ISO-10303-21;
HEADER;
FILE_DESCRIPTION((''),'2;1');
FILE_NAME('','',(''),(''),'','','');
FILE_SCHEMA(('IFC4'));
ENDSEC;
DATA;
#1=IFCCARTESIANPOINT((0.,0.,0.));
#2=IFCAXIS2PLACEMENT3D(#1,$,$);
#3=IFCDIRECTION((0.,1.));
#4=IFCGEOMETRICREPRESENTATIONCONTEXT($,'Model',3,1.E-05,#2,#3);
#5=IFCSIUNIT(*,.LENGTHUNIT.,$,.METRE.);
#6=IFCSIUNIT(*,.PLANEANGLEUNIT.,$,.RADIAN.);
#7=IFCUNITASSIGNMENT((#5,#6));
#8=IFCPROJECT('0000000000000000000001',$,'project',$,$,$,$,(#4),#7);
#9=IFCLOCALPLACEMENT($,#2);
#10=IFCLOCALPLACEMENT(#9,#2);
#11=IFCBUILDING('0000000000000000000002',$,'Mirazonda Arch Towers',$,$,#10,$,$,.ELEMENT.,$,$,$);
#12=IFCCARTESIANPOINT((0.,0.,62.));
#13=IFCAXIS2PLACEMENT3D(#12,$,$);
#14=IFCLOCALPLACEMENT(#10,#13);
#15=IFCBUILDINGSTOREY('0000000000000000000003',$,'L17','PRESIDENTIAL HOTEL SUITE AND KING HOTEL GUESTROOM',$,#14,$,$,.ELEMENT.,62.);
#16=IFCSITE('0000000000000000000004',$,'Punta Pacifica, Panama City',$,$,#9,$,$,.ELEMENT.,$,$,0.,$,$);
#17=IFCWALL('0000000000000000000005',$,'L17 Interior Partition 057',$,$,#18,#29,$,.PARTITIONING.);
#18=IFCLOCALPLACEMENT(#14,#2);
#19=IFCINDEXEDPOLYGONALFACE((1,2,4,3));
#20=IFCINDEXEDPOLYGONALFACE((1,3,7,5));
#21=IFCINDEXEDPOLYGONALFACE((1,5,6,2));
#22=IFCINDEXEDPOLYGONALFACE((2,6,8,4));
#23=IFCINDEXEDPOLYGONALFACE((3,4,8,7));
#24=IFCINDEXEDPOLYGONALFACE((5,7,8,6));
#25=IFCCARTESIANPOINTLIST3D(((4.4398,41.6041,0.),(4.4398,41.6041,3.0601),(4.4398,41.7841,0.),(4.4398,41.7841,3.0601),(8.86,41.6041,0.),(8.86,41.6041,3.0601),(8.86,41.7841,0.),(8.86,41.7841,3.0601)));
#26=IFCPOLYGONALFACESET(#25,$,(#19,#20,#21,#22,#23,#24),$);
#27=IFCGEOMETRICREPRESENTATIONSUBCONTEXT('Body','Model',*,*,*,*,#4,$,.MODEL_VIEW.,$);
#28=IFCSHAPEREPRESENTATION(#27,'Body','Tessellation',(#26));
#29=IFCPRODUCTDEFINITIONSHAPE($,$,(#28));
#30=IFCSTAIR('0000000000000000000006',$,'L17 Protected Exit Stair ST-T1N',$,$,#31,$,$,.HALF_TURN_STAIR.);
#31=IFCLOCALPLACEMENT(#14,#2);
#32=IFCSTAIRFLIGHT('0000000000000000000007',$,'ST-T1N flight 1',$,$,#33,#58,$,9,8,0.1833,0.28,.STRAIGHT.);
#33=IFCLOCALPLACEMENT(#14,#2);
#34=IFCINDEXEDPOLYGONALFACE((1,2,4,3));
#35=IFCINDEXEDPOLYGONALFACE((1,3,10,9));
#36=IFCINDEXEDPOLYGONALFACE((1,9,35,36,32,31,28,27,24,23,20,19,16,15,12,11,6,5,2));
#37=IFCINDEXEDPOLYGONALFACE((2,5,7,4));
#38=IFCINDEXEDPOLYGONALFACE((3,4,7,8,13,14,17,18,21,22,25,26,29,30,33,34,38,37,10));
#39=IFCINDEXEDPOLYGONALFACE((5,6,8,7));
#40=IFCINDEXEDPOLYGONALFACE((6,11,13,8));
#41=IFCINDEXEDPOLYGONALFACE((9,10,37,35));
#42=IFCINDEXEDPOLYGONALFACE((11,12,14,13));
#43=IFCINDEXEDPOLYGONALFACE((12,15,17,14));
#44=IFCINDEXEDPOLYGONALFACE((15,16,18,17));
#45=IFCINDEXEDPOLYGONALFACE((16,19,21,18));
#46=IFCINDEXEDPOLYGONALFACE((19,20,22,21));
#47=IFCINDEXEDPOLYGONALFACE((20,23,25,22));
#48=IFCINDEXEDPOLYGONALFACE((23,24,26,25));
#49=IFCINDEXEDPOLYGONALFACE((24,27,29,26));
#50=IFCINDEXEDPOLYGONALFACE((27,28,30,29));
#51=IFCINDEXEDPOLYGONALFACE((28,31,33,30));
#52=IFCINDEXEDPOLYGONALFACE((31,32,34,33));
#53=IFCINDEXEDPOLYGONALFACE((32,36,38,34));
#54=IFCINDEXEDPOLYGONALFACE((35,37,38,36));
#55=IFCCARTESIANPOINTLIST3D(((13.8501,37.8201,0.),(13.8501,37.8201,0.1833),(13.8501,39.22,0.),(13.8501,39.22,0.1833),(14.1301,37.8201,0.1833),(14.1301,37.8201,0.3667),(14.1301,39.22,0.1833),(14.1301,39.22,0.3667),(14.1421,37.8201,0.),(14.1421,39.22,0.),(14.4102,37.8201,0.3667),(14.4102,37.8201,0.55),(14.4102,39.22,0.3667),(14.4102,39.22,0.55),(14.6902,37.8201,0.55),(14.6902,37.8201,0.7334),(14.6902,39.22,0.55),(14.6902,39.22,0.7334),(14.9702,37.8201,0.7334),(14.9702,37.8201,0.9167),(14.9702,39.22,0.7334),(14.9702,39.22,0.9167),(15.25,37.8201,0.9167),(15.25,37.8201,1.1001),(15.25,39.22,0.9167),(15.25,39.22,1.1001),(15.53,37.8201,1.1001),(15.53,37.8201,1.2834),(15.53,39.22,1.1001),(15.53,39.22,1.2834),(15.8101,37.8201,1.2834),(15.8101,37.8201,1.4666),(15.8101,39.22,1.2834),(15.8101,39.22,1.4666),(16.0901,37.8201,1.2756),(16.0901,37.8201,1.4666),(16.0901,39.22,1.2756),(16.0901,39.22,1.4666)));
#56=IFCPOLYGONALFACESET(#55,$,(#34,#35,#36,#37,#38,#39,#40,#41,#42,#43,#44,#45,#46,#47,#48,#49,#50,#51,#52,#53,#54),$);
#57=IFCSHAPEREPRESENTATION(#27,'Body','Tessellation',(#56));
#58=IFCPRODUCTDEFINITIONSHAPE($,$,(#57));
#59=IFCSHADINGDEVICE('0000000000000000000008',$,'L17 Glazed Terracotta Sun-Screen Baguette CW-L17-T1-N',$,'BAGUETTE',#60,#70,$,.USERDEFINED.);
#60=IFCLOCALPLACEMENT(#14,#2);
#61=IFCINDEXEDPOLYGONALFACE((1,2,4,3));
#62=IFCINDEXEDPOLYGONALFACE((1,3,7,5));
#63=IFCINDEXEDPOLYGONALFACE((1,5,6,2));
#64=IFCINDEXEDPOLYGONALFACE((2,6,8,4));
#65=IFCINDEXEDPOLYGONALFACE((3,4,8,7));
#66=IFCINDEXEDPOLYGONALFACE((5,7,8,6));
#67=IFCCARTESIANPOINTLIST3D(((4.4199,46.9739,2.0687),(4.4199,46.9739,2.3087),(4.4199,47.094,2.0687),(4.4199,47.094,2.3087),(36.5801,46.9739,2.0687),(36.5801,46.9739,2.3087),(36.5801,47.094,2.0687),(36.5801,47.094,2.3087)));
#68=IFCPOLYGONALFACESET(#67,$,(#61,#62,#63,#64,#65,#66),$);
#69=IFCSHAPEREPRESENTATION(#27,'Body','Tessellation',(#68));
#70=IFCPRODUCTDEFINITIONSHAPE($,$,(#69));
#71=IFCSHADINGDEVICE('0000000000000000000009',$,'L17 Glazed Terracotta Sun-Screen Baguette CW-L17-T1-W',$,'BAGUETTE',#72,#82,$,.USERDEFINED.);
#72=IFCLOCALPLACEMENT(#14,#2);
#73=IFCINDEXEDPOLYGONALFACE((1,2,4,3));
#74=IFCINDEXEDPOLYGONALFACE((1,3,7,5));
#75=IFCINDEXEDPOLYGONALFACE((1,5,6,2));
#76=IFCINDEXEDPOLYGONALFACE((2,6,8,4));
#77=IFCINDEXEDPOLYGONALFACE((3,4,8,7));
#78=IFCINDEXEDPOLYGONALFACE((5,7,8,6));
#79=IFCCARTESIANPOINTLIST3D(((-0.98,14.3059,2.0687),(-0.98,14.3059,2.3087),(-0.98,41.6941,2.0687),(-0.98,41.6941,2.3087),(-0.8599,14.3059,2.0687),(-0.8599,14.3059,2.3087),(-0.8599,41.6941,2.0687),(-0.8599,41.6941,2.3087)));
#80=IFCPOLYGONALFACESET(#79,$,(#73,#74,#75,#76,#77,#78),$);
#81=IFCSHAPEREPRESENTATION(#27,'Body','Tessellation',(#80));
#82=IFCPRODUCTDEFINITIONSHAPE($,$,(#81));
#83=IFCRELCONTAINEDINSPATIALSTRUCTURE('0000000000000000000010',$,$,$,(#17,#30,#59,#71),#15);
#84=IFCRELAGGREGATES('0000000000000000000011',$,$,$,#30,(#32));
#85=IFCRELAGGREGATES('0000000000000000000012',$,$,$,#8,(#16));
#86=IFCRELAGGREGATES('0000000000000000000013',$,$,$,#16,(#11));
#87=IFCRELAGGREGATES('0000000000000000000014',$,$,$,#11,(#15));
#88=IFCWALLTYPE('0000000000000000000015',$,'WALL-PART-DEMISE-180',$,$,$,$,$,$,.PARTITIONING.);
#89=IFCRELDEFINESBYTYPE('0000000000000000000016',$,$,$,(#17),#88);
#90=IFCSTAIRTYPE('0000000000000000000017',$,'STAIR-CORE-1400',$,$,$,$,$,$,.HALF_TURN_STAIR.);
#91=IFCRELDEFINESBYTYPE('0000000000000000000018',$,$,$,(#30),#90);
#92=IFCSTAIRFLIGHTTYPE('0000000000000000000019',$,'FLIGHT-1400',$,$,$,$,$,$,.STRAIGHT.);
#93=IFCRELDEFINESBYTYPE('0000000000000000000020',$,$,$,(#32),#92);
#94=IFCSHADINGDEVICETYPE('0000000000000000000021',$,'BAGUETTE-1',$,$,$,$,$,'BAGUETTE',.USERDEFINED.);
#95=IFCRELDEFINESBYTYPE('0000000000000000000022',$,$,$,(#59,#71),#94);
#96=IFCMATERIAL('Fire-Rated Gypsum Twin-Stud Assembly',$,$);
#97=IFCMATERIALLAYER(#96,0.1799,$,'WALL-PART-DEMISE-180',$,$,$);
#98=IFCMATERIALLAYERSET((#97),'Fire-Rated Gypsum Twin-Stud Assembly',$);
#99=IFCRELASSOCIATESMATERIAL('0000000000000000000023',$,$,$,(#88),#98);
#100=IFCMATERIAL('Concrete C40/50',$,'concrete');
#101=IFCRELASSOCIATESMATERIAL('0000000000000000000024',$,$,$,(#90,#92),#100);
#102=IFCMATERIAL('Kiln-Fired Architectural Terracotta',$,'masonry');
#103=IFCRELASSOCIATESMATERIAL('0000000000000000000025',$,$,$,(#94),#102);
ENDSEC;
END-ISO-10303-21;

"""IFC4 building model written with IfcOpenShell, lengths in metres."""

from ifc_helpers import new_model, si_unit, direction, frame, frame_2d, origin, origin_2d, place, context, subcontext, project, spatial, polyline, rectangle, outline, extrude, material, layer, layer_set, material_profile, profile_set, type_object, element, aggregate, save


model = new_model("IFC4")

# Units and contexts
model_context = context("Model", 3, precision=1e-05, world=origin(), true_north=direction((0.0, 1.0)))
body_context = subcontext(model_context, "Body", "Model", "MODEL_VIEW")
ifc_project = project(units=[si_unit("LENGTHUNIT", "METRE"), si_unit("PLANEANGLEUNIT", "RADIAN")], contexts=[model_context])

# Site, building, storey
site_placement = place(None, origin())
site = spatial("IfcSite", under=ifc_project, at=site_placement, Name="Punta Pacifica, Panama City", CompositionType="ELEMENT", RefElevation=0.0)
building_placement = place(site_placement, origin())
building = spatial("IfcBuilding", under=site, at=building_placement, Name="Mirazonda Arch Towers", CompositionType="ELEMENT")
storey_placement = place(building_placement, frame((0.0, 0.0, 62.0)))
storey = spatial("IfcBuildingStorey", under=building, at=storey_placement, Name="L17", Description="PRESIDENTIAL HOTEL SUITE AND KING HOTEL GUESTROOM", CompositionType="ELEMENT", Elevation=62.0)

# Wall
ifc_material_1 = material(Name="Fire-Rated Gypsum Twin-Stud Assembly")
ifc_layer_1 = layer(ifc_material_1, 0.1799, Name="WALL-PART-DEMISE-180")
ifc_layer_set_1 = layer_set([ifc_layer_1], Name="Fire-Rated Gypsum Twin-Stud Assembly")
wall_type_1 = type_object("IfcWallType", Name="WALL-PART-DEMISE-180", PredefinedType="PARTITIONING", material=ifc_layer_set_1)
wall_1_placement = place(storey_placement, frame((4.4399, 41.6941, 0.0), z_axis=(0.0, 0.0, 1.0), x_axis=(1.0, 0.0, 0.0)))
element("IfcWall", 1, at=wall_1_placement, inside=storey, type_object=wall_type_1, Name="L17 Interior Partition 057", PredefinedType="PARTITIONING", context=body_context, shape_type="SweptSolid", body=[
    extrude(rectangle(XDim=4.4202, YDim=0.1799, at=frame_2d((2.21, 0.0))), origin(), (0.0, 0.0, 1.0), 3.0601),
])

# Stair, stair flight
ifc_material_2 = material(Name="Concrete C40/50", Category="concrete")
stair_type = type_object("IfcStairType", Name="STAIR-CORE-1400", PredefinedType="HALF_TURN_STAIR", material=ifc_material_2)
stair_placement = place(storey_placement, origin())
stair = element("IfcStair", 2, at=stair_placement, inside=storey, type_object=stair_type, Name="L17 Protected Exit Stair ST-T1N", PredefinedType="HALF_TURN_STAIR")
stair_flight_type = type_object("IfcStairFlightType", Name="FLIGHT-1400", PredefinedType="STRAIGHT", material=ifc_material_2)
stair_flight_placement = place(storey_placement, frame((13.8501, 38.52, 0.0), z_axis=(0.0, 0.0, 1.0), x_axis=(1.0, 0.0, 0.0)))
stair_flight = element("IfcStairFlight", 3, at=stair_flight_placement, type_object=stair_flight_type, Name="ST-T1N flight 1", NumberOfRisers=9, NumberOfTreads=8, PredefinedType="STRAIGHT", RiserHeight=0.1833, TreadLength=0.28, context=body_context, shape_type="SweptSolid", body=[
    extrude(outline(polyline([(0.0, 0.0), (0.0, 0.1833), (0.28, 0.1833), (0.28, 0.3667), (0.5601, 0.3667), (0.5601, 0.55), (0.8401, 0.55), (0.8401, 0.7334), (1.1201, 0.7334), (1.1201, 0.9167), (1.3999, 0.9167), (1.3999, 1.1001), (1.6799, 1.1001), (1.6799, 1.2834), (1.96, 1.2834), (1.96, 1.4666), (2.24, 1.4666), (2.24, 1.6499), (2.24, 1.2756), (0.292, 0.0), (0.0, 0.0)])), frame((0.0, 0.7, 0.0), z_axis=(0.0, -1.0, 0.0), x_axis=(1.0, 0.0, 0.0)), (0.0, 0.0, 1.0), 1.3999),
])
aggregate(stair, [stair_flight])

# Shading devices
ifc_material_3 = material(Name="Kiln-Fired Architectural Terracotta", Category="masonry")
ifc_material_profile_1 = material_profile(ifc_material_3, rectangle(XDim=0.1201, YDim=0.24, at=origin_2d()), Name="TERRA-BAG-120x240")
ifc_profile_set_1 = profile_set([ifc_material_profile_1], Name="Kiln-Fired Architectural Terracotta")
shading_device_type = type_object("IfcShadingDeviceType", Name="BAGUETTE-1", ElementType="BAGUETTE", PredefinedType="USERDEFINED", material=ifc_profile_set_1)
shading_device_1_placement = place(storey_placement, frame((4.4199, 47.0339, 2.1887), z_axis=(1.0, 0.0, 0.0), x_axis=(0.0, 1.0, 0.0)))
element("IfcShadingDevice", 4, at=shading_device_1_placement, inside=storey, type_object=shading_device_type, Name="L17 Glazed Terracotta Sun-Screen Baguette CW-L17-T1-N", ObjectType="BAGUETTE", PredefinedType="USERDEFINED", context=body_context, shape_type="SweptSolid", body=[
    extrude(rectangle(XDim=0.1201, YDim=0.24, at=origin_2d()), origin(), (0.0, 0.0, 1.0), 32.1602),
])
shading_device_2_placement = place(storey_placement, frame((-0.9199, 41.6941, 2.1887), z_axis=(0.0, -1.0, 0.0), x_axis=(1.0, 0.0, 0.0)))
element("IfcShadingDevice", 5, at=shading_device_2_placement, inside=storey, type_object=shading_device_type, Name="L17 Glazed Terracotta Sun-Screen Baguette CW-L17-T1-W", ObjectType="BAGUETTE", PredefinedType="USERDEFINED", context=body_context, shape_type="SweptSolid", body=[
    extrude(rectangle(XDim=0.1201, YDim=0.24, at=origin_2d()), origin(), (0.0, 0.0, 1.0), 27.3882),
])

save(model, "model.ifc")
